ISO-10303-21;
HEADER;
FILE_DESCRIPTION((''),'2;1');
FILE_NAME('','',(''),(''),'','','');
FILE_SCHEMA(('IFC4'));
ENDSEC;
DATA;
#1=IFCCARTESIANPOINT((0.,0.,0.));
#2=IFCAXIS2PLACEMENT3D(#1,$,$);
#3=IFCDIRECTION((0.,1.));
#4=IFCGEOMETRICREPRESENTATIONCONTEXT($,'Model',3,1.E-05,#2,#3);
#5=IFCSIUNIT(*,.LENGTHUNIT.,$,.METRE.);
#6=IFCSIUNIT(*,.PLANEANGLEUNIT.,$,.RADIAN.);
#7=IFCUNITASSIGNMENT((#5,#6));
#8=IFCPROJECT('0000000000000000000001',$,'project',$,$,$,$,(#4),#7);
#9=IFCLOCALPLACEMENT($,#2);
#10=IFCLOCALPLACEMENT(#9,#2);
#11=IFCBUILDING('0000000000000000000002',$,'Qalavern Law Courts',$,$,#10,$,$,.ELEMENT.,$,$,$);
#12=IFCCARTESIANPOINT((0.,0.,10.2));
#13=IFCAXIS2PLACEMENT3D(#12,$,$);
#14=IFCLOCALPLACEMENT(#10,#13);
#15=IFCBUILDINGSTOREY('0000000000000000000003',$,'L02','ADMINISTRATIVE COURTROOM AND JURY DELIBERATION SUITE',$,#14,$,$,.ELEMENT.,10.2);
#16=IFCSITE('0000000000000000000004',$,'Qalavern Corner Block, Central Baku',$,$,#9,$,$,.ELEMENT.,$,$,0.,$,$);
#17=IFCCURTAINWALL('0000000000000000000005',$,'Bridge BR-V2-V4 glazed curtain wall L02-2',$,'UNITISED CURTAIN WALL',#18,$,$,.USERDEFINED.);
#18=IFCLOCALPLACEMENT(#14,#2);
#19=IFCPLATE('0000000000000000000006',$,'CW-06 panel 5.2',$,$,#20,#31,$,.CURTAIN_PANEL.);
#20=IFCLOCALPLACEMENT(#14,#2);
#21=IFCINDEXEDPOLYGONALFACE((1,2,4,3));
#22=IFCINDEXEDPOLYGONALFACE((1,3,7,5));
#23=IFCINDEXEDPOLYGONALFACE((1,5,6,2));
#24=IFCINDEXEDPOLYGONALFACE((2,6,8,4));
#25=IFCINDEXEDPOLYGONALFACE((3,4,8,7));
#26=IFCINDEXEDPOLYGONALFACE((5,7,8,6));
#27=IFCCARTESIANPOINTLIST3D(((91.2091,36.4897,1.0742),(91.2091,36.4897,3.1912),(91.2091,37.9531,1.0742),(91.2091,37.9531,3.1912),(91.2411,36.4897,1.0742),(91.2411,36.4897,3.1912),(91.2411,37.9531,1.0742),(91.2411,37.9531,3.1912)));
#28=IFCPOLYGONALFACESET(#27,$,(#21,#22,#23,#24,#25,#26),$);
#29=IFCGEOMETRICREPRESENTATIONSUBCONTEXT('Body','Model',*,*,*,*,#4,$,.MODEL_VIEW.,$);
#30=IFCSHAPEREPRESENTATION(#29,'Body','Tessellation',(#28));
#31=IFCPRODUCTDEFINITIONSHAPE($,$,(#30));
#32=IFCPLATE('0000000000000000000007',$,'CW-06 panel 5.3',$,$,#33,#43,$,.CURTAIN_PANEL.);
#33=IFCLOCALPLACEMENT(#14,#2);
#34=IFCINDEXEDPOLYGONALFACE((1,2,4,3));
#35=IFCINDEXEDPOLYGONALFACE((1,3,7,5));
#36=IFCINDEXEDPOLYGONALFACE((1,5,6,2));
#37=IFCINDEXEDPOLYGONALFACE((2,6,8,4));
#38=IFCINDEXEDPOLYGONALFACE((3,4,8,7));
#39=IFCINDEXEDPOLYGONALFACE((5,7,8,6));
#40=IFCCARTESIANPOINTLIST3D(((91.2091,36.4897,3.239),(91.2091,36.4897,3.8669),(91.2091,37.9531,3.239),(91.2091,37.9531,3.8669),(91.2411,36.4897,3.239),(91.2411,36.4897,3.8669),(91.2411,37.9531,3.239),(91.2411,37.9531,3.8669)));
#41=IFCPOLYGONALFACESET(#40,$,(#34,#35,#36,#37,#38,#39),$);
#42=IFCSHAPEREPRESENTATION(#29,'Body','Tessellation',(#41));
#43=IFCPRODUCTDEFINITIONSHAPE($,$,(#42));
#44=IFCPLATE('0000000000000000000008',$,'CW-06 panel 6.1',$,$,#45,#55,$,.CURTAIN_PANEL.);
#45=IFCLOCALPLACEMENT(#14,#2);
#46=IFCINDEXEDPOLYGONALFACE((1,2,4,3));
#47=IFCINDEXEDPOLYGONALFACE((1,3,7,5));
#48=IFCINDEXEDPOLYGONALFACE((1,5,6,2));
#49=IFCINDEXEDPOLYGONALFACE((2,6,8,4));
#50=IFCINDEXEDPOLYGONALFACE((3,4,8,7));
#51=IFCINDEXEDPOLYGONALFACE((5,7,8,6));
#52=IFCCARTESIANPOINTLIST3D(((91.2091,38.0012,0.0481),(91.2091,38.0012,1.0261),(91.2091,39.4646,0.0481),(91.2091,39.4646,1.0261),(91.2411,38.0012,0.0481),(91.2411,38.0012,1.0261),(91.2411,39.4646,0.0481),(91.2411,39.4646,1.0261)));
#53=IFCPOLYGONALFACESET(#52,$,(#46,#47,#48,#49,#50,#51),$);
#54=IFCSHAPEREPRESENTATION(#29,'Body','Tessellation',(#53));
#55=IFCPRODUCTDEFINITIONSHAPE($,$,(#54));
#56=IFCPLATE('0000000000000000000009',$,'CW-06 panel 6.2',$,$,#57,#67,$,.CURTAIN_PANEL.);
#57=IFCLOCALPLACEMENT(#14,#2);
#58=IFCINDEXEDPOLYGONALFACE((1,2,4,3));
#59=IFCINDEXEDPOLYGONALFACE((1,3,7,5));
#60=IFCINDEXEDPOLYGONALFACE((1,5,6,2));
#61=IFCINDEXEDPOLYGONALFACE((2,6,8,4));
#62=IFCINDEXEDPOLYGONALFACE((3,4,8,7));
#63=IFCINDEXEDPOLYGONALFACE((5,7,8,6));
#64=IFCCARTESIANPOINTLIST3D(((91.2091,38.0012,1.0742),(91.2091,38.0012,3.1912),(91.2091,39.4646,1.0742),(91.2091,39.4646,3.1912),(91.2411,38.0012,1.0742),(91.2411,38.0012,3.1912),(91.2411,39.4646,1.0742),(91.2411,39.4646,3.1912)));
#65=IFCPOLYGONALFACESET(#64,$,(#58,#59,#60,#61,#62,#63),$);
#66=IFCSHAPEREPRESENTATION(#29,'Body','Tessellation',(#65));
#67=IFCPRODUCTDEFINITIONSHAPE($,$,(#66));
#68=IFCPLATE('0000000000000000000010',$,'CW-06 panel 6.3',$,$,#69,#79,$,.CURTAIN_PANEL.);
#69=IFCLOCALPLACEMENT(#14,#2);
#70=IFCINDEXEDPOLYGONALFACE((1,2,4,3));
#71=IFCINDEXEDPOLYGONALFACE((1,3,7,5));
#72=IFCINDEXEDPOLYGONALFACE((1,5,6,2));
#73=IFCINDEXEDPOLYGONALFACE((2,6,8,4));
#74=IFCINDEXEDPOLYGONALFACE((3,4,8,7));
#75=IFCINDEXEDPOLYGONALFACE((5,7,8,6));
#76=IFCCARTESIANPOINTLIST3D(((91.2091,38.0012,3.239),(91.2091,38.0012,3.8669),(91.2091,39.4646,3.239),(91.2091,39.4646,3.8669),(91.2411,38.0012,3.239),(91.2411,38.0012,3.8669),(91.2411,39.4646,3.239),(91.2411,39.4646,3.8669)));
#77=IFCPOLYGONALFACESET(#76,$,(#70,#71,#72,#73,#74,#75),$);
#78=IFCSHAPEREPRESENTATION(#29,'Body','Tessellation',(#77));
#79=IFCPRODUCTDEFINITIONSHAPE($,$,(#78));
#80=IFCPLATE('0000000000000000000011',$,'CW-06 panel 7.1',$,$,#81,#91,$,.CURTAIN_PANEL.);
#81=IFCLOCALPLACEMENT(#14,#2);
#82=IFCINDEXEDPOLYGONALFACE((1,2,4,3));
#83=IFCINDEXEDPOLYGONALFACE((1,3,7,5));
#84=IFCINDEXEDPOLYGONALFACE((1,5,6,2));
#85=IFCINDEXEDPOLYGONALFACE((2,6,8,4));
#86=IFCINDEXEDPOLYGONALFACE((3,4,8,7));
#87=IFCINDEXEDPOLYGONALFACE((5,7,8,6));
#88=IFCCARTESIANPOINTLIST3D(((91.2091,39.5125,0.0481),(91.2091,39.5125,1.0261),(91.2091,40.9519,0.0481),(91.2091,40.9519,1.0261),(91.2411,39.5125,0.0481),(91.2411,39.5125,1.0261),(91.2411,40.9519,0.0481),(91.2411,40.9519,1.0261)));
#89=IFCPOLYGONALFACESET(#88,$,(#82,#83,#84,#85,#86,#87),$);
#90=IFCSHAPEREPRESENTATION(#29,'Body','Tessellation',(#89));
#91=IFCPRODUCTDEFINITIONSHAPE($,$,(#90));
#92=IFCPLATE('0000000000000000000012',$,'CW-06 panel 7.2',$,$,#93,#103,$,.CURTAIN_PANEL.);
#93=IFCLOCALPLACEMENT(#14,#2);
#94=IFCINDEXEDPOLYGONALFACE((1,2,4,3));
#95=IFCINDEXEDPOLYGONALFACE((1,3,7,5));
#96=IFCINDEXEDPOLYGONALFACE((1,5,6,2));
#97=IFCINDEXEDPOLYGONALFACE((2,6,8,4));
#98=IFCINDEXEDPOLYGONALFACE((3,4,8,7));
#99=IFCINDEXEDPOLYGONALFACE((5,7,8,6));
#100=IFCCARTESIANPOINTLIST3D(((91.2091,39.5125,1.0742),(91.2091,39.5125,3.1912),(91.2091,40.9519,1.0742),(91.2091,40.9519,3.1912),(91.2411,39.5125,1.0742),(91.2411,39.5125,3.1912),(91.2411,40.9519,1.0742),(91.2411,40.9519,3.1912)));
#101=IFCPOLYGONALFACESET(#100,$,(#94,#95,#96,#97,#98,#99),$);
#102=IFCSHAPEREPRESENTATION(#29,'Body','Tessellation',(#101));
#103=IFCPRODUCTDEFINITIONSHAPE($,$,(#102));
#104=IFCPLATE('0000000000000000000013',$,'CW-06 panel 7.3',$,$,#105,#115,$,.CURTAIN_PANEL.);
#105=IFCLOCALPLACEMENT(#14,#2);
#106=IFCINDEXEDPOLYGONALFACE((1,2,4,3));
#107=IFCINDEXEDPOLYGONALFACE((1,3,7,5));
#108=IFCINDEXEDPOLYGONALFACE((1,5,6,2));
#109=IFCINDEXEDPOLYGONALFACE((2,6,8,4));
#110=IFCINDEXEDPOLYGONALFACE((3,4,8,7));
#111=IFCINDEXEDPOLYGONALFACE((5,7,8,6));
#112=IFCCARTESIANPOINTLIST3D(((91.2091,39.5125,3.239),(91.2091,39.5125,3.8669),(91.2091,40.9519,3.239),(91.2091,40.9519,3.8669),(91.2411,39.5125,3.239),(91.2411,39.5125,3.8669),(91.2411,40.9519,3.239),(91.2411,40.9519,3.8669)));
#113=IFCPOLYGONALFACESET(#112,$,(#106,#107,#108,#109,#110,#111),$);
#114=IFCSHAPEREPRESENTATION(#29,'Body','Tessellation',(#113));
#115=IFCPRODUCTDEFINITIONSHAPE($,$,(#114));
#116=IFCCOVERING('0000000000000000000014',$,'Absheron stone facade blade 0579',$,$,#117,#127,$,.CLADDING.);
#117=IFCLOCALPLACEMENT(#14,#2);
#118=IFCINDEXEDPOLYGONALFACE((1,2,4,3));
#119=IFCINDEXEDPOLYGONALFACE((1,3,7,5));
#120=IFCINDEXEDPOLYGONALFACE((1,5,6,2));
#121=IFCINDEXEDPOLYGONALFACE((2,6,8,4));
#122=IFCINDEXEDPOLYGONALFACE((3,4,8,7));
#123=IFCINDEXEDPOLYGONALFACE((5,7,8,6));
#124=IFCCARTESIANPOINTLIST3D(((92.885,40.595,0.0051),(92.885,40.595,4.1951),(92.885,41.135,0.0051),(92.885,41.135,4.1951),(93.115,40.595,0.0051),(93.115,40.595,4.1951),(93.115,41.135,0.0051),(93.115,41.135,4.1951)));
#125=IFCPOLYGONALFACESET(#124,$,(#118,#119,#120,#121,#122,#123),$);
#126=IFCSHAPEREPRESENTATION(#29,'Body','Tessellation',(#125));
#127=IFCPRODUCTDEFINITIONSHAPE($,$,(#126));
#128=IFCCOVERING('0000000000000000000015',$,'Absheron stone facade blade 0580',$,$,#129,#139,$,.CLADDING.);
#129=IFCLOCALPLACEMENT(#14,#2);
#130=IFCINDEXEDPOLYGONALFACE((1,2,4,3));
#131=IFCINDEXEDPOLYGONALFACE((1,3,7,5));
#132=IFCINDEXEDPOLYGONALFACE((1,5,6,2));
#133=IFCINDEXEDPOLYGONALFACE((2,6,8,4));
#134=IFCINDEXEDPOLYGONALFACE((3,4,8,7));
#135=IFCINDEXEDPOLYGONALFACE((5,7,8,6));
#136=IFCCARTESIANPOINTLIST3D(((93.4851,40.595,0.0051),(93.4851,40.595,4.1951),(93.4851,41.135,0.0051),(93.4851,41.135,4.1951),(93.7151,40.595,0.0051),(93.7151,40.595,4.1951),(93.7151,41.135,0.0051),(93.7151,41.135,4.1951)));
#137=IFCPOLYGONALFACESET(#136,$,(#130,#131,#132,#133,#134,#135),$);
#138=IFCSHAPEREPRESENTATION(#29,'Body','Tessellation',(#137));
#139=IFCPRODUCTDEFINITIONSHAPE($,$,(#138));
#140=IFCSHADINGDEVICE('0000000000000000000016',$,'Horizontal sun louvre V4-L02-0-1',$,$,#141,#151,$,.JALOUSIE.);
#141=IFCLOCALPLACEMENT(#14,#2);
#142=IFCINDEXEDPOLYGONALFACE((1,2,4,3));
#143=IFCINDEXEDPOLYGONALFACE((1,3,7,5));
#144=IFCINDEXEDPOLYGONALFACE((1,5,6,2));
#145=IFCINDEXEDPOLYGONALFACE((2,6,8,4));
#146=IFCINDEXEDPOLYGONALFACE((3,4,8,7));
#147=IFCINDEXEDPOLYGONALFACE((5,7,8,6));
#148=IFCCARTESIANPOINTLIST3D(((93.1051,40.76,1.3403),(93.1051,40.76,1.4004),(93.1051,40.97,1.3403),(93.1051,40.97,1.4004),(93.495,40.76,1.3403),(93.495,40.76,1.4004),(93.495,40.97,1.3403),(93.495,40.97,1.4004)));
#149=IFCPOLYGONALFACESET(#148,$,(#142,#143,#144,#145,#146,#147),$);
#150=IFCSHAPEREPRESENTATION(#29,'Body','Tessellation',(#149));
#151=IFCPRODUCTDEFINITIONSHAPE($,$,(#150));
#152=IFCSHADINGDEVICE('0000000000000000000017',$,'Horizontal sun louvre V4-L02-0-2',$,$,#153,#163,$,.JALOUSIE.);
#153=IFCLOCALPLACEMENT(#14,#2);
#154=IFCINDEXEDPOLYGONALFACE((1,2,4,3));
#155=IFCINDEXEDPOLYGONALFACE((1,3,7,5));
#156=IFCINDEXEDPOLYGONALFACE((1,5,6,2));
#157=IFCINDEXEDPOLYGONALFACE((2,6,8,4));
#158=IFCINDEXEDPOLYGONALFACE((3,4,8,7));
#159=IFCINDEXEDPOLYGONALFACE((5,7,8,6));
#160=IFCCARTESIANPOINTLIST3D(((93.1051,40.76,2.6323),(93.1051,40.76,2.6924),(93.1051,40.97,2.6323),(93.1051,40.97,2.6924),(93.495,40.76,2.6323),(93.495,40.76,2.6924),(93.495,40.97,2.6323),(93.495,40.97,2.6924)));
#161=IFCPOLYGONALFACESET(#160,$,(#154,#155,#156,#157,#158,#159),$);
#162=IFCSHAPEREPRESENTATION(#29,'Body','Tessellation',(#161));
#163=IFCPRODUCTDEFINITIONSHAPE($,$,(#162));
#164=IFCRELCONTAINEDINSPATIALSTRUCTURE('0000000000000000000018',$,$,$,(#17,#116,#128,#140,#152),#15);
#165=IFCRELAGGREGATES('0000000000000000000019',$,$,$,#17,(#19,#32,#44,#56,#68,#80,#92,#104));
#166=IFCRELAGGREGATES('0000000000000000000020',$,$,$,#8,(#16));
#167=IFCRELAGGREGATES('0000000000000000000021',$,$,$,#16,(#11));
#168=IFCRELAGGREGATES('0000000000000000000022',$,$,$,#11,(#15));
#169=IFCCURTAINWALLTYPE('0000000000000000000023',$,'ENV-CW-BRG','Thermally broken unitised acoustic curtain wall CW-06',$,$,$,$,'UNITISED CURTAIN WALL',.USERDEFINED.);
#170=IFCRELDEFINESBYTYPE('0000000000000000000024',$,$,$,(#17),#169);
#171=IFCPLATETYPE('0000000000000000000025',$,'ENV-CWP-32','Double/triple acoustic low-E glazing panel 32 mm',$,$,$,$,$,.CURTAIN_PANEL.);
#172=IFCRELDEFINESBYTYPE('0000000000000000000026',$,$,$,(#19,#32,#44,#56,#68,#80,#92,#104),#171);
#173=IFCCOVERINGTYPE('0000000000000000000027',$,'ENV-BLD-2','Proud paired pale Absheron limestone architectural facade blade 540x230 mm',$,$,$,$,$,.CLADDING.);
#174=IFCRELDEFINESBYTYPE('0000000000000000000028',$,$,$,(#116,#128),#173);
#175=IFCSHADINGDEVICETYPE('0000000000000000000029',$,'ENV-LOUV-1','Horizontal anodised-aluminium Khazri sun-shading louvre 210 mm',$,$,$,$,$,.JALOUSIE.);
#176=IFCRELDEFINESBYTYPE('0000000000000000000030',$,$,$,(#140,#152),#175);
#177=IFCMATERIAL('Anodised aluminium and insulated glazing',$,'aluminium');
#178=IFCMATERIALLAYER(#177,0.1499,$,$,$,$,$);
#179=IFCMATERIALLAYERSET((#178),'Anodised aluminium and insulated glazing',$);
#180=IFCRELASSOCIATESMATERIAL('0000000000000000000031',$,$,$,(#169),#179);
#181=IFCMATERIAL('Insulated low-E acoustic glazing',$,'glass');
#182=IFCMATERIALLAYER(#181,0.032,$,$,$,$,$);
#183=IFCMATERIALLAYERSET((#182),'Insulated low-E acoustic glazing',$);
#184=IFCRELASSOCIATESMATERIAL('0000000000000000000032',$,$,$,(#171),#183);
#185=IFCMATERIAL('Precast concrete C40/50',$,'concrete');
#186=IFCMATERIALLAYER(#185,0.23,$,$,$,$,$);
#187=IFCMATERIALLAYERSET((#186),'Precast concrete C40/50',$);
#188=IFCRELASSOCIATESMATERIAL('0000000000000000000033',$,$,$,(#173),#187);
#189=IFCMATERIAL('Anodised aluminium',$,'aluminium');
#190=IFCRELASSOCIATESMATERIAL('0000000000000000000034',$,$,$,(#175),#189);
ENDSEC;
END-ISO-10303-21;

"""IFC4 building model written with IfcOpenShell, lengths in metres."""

from ifc_helpers import new_model, si_unit, direction, frame, origin, origin_2d, place, context, subcontext, project, spatial, rectangle, extrude, material, layer, layer_set, type_object, element, aggregate, save


model = new_model("IFC4")

# Units and contexts
model_context = context("Model", 3, precision=1e-05, world=origin(), true_north=direction((0.0, 1.0)))
body_context = subcontext(model_context, "Body", "Model", "MODEL_VIEW")
ifc_project = project(units=[si_unit("LENGTHUNIT", "METRE"), si_unit("PLANEANGLEUNIT", "RADIAN")], contexts=[model_context])

# Site, building, storey
site_placement = place(None, origin())
site = spatial("IfcSite", under=ifc_project, at=site_placement, Name="Qalavern Corner Block, Central Baku", CompositionType="ELEMENT", RefElevation=0.0)
building_placement = place(site_placement, origin())
building = spatial("IfcBuilding", under=site, at=building_placement, Name="Qalavern Law Courts", CompositionType="ELEMENT")
storey_placement = place(building_placement, frame((0.0, 0.0, 10.2)))
storey = spatial("IfcBuildingStorey", under=building, at=storey_placement, Name="L02", Description="ADMINISTRATIVE COURTROOM AND JURY DELIBERATION SUITE", CompositionType="ELEMENT", Elevation=10.2)

# Curtain wall, plates
ifc_material_1 = material(Name="Anodised aluminium and insulated glazing", Category="aluminium")
ifc_layer_1 = layer(ifc_material_1, 0.1499)
ifc_layer_set_1 = layer_set([ifc_layer_1], Name="Anodised aluminium and insulated glazing")
curtain_wall_type = type_object("IfcCurtainWallType", Name="ENV-CW-BRG", Description="Thermally broken unitised acoustic curtain wall CW-06", ElementType="UNITISED CURTAIN WALL", PredefinedType="USERDEFINED", material=ifc_layer_set_1)
curtain_wall_placement = place(storey_placement, origin())
curtain_wall = element("IfcCurtainWall", 1, at=curtain_wall_placement, inside=storey, type_object=curtain_wall_type, Name="Bridge BR-V2-V4 glazed curtain wall L02-2", ObjectType="UNITISED CURTAIN WALL", PredefinedType="USERDEFINED")
ifc_material_2 = material(Name="Anodised aluminium", Category="aluminium")
ifc_material_3 = material(Name="Insulated low-E acoustic glazing", Category="glass")
ifc_layer_2 = layer(ifc_material_3, 0.032)
ifc_layer_set_2 = layer_set([ifc_layer_2], Name="Insulated low-E acoustic glazing")
plate_type = type_object("IfcPlateType", Name="ENV-CWP-32", Description="Double/triple acoustic low-E glazing panel 32 mm", PredefinedType="CURTAIN_PANEL", material=ifc_layer_set_2)
plate_1_placement = place(storey_placement, frame((91.2251, 37.2214, 1.0742), z_axis=(0.0, 0.0, 1.0), x_axis=(0.0, 1.0, 0.0)))
plate_1 = element("IfcPlate", 2, at=plate_1_placement, type_object=plate_type, Name="CW-06 panel 5.2", PredefinedType="CURTAIN_PANEL", context=body_context, shape_type="SweptSolid", body=[
    extrude(rectangle(XDim=1.4634, YDim=0.032, at=origin_2d()), origin(), (0.0, 0.0, 1.0), 2.1169),
])
plate_2_placement = place(storey_placement, frame((91.2251, 37.2214, 3.239), z_axis=(0.0, 0.0, 1.0), x_axis=(0.0, 1.0, 0.0)))
plate_2 = element("IfcPlate", 3, at=plate_2_placement, type_object=plate_type, Name="CW-06 panel 5.3", PredefinedType="CURTAIN_PANEL", context=body_context, shape_type="SweptSolid", body=[
    extrude(rectangle(XDim=1.4634, YDim=0.032, at=origin_2d()), origin(), (0.0, 0.0, 1.0), 0.6279),
])
plate_3_placement = place(storey_placement, frame((91.2251, 38.7329, 0.0481), z_axis=(0.0, 0.0, 1.0), x_axis=(0.0, 1.0, 0.0)))
plate_3 = element("IfcPlate", 4, at=plate_3_placement, type_object=plate_type, Name="CW-06 panel 6.1", PredefinedType="CURTAIN_PANEL", context=body_context, shape_type="SweptSolid", body=[
    extrude(rectangle(XDim=1.4634, YDim=0.032, at=origin_2d()), origin(), (0.0, 0.0, 1.0), 0.978),
])
plate_4_placement = place(storey_placement, frame((91.2251, 38.7329, 1.0742), z_axis=(0.0, 0.0, 1.0), x_axis=(0.0, 1.0, 0.0)))
plate_4 = element("IfcPlate", 5, at=plate_4_placement, type_object=plate_type, Name="CW-06 panel 6.2", PredefinedType="CURTAIN_PANEL", context=body_context, shape_type="SweptSolid", body=[
    extrude(rectangle(XDim=1.4634, YDim=0.032, at=origin_2d()), origin(), (0.0, 0.0, 1.0), 2.1169),
])
plate_5_placement = place(storey_placement, frame((91.2251, 38.7329, 3.239), z_axis=(0.0, 0.0, 1.0), x_axis=(0.0, 1.0, 0.0)))
plate_5 = element("IfcPlate", 6, at=plate_5_placement, type_object=plate_type, Name="CW-06 panel 6.3", PredefinedType="CURTAIN_PANEL", context=body_context, shape_type="SweptSolid", body=[
    extrude(rectangle(XDim=1.4634, YDim=0.032, at=origin_2d()), origin(), (0.0, 0.0, 1.0), 0.6279),
])
plate_6_placement = place(storey_placement, frame((91.2251, 40.2322, 0.0481), z_axis=(0.0, 0.0, 1.0), x_axis=(0.0, 1.0, 0.0)))
plate_6 = element("IfcPlate", 7, at=plate_6_placement, type_object=plate_type, Name="CW-06 panel 7.1", PredefinedType="CURTAIN_PANEL", context=body_context, shape_type="SweptSolid", body=[
    extrude(rectangle(XDim=1.4395, YDim=0.032, at=origin_2d()), origin(), (0.0, 0.0, 1.0), 0.978),
])
plate_7_placement = place(storey_placement, frame((91.2251, 40.2322, 1.0742), z_axis=(0.0, 0.0, 1.0), x_axis=(0.0, 1.0, 0.0)))
plate_7 = element("IfcPlate", 8, at=plate_7_placement, type_object=plate_type, Name="CW-06 panel 7.2", PredefinedType="CURTAIN_PANEL", context=body_context, shape_type="SweptSolid", body=[
    extrude(rectangle(XDim=1.4395, YDim=0.032, at=origin_2d()), origin(), (0.0, 0.0, 1.0), 2.1169),
])
plate_8_placement = place(storey_placement, frame((91.2251, 40.2322, 3.239), z_axis=(0.0, 0.0, 1.0), x_axis=(0.0, 1.0, 0.0)))
plate_8 = element("IfcPlate", 9, at=plate_8_placement, type_object=plate_type, Name="CW-06 panel 7.3", PredefinedType="CURTAIN_PANEL", context=body_context, shape_type="SweptSolid", body=[
    extrude(rectangle(XDim=1.4395, YDim=0.032, at=origin_2d()), origin(), (0.0, 0.0, 1.0), 0.6279),
])
aggregate(curtain_wall, [plate_1, plate_2, plate_3, plate_4, plate_5, plate_6, plate_7, plate_8])

# Coverings
ifc_material_4 = material(Name="Precast concrete C40/50", Category="concrete")
ifc_layer_3 = layer(ifc_material_4, 0.23)
ifc_layer_set_3 = layer_set([ifc_layer_3], Name="Precast concrete C40/50")
covering_type = type_object("IfcCoveringType", Name="ENV-BLD-2", Description="Proud paired pale Absheron limestone architectural facade blade 540x230 mm", PredefinedType="CLADDING", material=ifc_layer_set_3)
for number, where, z_axis, x_axis, name in (
    (10, (93.0, 40.865, 0.0051), (0.0, 0.0, 1.0), (0.0, -1.0, 0.0), "Absheron stone facade blade 0579"),
    (11, (93.6001, 40.865, 0.0051), (0.0, 0.0, 1.0), (0.0, -1.0, 0.0), "Absheron stone facade blade 0580"),
):
    element("IfcCovering", number, at=place(storey_placement, frame(where, z_axis=z_axis, x_axis=x_axis)), inside=storey, type_object=covering_type, Name=name, PredefinedType="CLADDING", context=body_context, shape_type="SweptSolid", body=[
        extrude(rectangle(XDim=0.54, YDim=0.23, at=origin_2d()), origin(), (0.0, 0.0, 1.0), 4.1899),
    ])

# Shading devices
shading_device_type = type_object("IfcShadingDeviceType", Name="ENV-LOUV-1", Description="Horizontal anodised-aluminium Khazri sun-shading louvre 210 mm", PredefinedType="JALOUSIE", material=ifc_material_2)
for number, where, z_axis, x_axis, name in (
    (12, (93.3, 40.865, 1.3403), (0.0, 0.0, 1.0), (1.0, 0.0, 0.0), "Horizontal sun louvre V4-L02-0-1"),
    (13, (93.3, 40.865, 2.6323), (0.0, 0.0, 1.0), (1.0, 0.0, 0.0), "Horizontal sun louvre V4-L02-0-2"),
):
    element("IfcShadingDevice", number, at=place(storey_placement, frame(where, z_axis=z_axis, x_axis=x_axis)), inside=storey, type_object=shading_device_type, Name=name, PredefinedType="JALOUSIE", context=body_context, shape_type="SweptSolid", body=[
        extrude(rectangle(XDim=0.3899, YDim=0.21, at=origin_2d()), origin(), (0.0, 0.0, 1.0), 0.0601),
    ])

save(model, "model.ifc")
